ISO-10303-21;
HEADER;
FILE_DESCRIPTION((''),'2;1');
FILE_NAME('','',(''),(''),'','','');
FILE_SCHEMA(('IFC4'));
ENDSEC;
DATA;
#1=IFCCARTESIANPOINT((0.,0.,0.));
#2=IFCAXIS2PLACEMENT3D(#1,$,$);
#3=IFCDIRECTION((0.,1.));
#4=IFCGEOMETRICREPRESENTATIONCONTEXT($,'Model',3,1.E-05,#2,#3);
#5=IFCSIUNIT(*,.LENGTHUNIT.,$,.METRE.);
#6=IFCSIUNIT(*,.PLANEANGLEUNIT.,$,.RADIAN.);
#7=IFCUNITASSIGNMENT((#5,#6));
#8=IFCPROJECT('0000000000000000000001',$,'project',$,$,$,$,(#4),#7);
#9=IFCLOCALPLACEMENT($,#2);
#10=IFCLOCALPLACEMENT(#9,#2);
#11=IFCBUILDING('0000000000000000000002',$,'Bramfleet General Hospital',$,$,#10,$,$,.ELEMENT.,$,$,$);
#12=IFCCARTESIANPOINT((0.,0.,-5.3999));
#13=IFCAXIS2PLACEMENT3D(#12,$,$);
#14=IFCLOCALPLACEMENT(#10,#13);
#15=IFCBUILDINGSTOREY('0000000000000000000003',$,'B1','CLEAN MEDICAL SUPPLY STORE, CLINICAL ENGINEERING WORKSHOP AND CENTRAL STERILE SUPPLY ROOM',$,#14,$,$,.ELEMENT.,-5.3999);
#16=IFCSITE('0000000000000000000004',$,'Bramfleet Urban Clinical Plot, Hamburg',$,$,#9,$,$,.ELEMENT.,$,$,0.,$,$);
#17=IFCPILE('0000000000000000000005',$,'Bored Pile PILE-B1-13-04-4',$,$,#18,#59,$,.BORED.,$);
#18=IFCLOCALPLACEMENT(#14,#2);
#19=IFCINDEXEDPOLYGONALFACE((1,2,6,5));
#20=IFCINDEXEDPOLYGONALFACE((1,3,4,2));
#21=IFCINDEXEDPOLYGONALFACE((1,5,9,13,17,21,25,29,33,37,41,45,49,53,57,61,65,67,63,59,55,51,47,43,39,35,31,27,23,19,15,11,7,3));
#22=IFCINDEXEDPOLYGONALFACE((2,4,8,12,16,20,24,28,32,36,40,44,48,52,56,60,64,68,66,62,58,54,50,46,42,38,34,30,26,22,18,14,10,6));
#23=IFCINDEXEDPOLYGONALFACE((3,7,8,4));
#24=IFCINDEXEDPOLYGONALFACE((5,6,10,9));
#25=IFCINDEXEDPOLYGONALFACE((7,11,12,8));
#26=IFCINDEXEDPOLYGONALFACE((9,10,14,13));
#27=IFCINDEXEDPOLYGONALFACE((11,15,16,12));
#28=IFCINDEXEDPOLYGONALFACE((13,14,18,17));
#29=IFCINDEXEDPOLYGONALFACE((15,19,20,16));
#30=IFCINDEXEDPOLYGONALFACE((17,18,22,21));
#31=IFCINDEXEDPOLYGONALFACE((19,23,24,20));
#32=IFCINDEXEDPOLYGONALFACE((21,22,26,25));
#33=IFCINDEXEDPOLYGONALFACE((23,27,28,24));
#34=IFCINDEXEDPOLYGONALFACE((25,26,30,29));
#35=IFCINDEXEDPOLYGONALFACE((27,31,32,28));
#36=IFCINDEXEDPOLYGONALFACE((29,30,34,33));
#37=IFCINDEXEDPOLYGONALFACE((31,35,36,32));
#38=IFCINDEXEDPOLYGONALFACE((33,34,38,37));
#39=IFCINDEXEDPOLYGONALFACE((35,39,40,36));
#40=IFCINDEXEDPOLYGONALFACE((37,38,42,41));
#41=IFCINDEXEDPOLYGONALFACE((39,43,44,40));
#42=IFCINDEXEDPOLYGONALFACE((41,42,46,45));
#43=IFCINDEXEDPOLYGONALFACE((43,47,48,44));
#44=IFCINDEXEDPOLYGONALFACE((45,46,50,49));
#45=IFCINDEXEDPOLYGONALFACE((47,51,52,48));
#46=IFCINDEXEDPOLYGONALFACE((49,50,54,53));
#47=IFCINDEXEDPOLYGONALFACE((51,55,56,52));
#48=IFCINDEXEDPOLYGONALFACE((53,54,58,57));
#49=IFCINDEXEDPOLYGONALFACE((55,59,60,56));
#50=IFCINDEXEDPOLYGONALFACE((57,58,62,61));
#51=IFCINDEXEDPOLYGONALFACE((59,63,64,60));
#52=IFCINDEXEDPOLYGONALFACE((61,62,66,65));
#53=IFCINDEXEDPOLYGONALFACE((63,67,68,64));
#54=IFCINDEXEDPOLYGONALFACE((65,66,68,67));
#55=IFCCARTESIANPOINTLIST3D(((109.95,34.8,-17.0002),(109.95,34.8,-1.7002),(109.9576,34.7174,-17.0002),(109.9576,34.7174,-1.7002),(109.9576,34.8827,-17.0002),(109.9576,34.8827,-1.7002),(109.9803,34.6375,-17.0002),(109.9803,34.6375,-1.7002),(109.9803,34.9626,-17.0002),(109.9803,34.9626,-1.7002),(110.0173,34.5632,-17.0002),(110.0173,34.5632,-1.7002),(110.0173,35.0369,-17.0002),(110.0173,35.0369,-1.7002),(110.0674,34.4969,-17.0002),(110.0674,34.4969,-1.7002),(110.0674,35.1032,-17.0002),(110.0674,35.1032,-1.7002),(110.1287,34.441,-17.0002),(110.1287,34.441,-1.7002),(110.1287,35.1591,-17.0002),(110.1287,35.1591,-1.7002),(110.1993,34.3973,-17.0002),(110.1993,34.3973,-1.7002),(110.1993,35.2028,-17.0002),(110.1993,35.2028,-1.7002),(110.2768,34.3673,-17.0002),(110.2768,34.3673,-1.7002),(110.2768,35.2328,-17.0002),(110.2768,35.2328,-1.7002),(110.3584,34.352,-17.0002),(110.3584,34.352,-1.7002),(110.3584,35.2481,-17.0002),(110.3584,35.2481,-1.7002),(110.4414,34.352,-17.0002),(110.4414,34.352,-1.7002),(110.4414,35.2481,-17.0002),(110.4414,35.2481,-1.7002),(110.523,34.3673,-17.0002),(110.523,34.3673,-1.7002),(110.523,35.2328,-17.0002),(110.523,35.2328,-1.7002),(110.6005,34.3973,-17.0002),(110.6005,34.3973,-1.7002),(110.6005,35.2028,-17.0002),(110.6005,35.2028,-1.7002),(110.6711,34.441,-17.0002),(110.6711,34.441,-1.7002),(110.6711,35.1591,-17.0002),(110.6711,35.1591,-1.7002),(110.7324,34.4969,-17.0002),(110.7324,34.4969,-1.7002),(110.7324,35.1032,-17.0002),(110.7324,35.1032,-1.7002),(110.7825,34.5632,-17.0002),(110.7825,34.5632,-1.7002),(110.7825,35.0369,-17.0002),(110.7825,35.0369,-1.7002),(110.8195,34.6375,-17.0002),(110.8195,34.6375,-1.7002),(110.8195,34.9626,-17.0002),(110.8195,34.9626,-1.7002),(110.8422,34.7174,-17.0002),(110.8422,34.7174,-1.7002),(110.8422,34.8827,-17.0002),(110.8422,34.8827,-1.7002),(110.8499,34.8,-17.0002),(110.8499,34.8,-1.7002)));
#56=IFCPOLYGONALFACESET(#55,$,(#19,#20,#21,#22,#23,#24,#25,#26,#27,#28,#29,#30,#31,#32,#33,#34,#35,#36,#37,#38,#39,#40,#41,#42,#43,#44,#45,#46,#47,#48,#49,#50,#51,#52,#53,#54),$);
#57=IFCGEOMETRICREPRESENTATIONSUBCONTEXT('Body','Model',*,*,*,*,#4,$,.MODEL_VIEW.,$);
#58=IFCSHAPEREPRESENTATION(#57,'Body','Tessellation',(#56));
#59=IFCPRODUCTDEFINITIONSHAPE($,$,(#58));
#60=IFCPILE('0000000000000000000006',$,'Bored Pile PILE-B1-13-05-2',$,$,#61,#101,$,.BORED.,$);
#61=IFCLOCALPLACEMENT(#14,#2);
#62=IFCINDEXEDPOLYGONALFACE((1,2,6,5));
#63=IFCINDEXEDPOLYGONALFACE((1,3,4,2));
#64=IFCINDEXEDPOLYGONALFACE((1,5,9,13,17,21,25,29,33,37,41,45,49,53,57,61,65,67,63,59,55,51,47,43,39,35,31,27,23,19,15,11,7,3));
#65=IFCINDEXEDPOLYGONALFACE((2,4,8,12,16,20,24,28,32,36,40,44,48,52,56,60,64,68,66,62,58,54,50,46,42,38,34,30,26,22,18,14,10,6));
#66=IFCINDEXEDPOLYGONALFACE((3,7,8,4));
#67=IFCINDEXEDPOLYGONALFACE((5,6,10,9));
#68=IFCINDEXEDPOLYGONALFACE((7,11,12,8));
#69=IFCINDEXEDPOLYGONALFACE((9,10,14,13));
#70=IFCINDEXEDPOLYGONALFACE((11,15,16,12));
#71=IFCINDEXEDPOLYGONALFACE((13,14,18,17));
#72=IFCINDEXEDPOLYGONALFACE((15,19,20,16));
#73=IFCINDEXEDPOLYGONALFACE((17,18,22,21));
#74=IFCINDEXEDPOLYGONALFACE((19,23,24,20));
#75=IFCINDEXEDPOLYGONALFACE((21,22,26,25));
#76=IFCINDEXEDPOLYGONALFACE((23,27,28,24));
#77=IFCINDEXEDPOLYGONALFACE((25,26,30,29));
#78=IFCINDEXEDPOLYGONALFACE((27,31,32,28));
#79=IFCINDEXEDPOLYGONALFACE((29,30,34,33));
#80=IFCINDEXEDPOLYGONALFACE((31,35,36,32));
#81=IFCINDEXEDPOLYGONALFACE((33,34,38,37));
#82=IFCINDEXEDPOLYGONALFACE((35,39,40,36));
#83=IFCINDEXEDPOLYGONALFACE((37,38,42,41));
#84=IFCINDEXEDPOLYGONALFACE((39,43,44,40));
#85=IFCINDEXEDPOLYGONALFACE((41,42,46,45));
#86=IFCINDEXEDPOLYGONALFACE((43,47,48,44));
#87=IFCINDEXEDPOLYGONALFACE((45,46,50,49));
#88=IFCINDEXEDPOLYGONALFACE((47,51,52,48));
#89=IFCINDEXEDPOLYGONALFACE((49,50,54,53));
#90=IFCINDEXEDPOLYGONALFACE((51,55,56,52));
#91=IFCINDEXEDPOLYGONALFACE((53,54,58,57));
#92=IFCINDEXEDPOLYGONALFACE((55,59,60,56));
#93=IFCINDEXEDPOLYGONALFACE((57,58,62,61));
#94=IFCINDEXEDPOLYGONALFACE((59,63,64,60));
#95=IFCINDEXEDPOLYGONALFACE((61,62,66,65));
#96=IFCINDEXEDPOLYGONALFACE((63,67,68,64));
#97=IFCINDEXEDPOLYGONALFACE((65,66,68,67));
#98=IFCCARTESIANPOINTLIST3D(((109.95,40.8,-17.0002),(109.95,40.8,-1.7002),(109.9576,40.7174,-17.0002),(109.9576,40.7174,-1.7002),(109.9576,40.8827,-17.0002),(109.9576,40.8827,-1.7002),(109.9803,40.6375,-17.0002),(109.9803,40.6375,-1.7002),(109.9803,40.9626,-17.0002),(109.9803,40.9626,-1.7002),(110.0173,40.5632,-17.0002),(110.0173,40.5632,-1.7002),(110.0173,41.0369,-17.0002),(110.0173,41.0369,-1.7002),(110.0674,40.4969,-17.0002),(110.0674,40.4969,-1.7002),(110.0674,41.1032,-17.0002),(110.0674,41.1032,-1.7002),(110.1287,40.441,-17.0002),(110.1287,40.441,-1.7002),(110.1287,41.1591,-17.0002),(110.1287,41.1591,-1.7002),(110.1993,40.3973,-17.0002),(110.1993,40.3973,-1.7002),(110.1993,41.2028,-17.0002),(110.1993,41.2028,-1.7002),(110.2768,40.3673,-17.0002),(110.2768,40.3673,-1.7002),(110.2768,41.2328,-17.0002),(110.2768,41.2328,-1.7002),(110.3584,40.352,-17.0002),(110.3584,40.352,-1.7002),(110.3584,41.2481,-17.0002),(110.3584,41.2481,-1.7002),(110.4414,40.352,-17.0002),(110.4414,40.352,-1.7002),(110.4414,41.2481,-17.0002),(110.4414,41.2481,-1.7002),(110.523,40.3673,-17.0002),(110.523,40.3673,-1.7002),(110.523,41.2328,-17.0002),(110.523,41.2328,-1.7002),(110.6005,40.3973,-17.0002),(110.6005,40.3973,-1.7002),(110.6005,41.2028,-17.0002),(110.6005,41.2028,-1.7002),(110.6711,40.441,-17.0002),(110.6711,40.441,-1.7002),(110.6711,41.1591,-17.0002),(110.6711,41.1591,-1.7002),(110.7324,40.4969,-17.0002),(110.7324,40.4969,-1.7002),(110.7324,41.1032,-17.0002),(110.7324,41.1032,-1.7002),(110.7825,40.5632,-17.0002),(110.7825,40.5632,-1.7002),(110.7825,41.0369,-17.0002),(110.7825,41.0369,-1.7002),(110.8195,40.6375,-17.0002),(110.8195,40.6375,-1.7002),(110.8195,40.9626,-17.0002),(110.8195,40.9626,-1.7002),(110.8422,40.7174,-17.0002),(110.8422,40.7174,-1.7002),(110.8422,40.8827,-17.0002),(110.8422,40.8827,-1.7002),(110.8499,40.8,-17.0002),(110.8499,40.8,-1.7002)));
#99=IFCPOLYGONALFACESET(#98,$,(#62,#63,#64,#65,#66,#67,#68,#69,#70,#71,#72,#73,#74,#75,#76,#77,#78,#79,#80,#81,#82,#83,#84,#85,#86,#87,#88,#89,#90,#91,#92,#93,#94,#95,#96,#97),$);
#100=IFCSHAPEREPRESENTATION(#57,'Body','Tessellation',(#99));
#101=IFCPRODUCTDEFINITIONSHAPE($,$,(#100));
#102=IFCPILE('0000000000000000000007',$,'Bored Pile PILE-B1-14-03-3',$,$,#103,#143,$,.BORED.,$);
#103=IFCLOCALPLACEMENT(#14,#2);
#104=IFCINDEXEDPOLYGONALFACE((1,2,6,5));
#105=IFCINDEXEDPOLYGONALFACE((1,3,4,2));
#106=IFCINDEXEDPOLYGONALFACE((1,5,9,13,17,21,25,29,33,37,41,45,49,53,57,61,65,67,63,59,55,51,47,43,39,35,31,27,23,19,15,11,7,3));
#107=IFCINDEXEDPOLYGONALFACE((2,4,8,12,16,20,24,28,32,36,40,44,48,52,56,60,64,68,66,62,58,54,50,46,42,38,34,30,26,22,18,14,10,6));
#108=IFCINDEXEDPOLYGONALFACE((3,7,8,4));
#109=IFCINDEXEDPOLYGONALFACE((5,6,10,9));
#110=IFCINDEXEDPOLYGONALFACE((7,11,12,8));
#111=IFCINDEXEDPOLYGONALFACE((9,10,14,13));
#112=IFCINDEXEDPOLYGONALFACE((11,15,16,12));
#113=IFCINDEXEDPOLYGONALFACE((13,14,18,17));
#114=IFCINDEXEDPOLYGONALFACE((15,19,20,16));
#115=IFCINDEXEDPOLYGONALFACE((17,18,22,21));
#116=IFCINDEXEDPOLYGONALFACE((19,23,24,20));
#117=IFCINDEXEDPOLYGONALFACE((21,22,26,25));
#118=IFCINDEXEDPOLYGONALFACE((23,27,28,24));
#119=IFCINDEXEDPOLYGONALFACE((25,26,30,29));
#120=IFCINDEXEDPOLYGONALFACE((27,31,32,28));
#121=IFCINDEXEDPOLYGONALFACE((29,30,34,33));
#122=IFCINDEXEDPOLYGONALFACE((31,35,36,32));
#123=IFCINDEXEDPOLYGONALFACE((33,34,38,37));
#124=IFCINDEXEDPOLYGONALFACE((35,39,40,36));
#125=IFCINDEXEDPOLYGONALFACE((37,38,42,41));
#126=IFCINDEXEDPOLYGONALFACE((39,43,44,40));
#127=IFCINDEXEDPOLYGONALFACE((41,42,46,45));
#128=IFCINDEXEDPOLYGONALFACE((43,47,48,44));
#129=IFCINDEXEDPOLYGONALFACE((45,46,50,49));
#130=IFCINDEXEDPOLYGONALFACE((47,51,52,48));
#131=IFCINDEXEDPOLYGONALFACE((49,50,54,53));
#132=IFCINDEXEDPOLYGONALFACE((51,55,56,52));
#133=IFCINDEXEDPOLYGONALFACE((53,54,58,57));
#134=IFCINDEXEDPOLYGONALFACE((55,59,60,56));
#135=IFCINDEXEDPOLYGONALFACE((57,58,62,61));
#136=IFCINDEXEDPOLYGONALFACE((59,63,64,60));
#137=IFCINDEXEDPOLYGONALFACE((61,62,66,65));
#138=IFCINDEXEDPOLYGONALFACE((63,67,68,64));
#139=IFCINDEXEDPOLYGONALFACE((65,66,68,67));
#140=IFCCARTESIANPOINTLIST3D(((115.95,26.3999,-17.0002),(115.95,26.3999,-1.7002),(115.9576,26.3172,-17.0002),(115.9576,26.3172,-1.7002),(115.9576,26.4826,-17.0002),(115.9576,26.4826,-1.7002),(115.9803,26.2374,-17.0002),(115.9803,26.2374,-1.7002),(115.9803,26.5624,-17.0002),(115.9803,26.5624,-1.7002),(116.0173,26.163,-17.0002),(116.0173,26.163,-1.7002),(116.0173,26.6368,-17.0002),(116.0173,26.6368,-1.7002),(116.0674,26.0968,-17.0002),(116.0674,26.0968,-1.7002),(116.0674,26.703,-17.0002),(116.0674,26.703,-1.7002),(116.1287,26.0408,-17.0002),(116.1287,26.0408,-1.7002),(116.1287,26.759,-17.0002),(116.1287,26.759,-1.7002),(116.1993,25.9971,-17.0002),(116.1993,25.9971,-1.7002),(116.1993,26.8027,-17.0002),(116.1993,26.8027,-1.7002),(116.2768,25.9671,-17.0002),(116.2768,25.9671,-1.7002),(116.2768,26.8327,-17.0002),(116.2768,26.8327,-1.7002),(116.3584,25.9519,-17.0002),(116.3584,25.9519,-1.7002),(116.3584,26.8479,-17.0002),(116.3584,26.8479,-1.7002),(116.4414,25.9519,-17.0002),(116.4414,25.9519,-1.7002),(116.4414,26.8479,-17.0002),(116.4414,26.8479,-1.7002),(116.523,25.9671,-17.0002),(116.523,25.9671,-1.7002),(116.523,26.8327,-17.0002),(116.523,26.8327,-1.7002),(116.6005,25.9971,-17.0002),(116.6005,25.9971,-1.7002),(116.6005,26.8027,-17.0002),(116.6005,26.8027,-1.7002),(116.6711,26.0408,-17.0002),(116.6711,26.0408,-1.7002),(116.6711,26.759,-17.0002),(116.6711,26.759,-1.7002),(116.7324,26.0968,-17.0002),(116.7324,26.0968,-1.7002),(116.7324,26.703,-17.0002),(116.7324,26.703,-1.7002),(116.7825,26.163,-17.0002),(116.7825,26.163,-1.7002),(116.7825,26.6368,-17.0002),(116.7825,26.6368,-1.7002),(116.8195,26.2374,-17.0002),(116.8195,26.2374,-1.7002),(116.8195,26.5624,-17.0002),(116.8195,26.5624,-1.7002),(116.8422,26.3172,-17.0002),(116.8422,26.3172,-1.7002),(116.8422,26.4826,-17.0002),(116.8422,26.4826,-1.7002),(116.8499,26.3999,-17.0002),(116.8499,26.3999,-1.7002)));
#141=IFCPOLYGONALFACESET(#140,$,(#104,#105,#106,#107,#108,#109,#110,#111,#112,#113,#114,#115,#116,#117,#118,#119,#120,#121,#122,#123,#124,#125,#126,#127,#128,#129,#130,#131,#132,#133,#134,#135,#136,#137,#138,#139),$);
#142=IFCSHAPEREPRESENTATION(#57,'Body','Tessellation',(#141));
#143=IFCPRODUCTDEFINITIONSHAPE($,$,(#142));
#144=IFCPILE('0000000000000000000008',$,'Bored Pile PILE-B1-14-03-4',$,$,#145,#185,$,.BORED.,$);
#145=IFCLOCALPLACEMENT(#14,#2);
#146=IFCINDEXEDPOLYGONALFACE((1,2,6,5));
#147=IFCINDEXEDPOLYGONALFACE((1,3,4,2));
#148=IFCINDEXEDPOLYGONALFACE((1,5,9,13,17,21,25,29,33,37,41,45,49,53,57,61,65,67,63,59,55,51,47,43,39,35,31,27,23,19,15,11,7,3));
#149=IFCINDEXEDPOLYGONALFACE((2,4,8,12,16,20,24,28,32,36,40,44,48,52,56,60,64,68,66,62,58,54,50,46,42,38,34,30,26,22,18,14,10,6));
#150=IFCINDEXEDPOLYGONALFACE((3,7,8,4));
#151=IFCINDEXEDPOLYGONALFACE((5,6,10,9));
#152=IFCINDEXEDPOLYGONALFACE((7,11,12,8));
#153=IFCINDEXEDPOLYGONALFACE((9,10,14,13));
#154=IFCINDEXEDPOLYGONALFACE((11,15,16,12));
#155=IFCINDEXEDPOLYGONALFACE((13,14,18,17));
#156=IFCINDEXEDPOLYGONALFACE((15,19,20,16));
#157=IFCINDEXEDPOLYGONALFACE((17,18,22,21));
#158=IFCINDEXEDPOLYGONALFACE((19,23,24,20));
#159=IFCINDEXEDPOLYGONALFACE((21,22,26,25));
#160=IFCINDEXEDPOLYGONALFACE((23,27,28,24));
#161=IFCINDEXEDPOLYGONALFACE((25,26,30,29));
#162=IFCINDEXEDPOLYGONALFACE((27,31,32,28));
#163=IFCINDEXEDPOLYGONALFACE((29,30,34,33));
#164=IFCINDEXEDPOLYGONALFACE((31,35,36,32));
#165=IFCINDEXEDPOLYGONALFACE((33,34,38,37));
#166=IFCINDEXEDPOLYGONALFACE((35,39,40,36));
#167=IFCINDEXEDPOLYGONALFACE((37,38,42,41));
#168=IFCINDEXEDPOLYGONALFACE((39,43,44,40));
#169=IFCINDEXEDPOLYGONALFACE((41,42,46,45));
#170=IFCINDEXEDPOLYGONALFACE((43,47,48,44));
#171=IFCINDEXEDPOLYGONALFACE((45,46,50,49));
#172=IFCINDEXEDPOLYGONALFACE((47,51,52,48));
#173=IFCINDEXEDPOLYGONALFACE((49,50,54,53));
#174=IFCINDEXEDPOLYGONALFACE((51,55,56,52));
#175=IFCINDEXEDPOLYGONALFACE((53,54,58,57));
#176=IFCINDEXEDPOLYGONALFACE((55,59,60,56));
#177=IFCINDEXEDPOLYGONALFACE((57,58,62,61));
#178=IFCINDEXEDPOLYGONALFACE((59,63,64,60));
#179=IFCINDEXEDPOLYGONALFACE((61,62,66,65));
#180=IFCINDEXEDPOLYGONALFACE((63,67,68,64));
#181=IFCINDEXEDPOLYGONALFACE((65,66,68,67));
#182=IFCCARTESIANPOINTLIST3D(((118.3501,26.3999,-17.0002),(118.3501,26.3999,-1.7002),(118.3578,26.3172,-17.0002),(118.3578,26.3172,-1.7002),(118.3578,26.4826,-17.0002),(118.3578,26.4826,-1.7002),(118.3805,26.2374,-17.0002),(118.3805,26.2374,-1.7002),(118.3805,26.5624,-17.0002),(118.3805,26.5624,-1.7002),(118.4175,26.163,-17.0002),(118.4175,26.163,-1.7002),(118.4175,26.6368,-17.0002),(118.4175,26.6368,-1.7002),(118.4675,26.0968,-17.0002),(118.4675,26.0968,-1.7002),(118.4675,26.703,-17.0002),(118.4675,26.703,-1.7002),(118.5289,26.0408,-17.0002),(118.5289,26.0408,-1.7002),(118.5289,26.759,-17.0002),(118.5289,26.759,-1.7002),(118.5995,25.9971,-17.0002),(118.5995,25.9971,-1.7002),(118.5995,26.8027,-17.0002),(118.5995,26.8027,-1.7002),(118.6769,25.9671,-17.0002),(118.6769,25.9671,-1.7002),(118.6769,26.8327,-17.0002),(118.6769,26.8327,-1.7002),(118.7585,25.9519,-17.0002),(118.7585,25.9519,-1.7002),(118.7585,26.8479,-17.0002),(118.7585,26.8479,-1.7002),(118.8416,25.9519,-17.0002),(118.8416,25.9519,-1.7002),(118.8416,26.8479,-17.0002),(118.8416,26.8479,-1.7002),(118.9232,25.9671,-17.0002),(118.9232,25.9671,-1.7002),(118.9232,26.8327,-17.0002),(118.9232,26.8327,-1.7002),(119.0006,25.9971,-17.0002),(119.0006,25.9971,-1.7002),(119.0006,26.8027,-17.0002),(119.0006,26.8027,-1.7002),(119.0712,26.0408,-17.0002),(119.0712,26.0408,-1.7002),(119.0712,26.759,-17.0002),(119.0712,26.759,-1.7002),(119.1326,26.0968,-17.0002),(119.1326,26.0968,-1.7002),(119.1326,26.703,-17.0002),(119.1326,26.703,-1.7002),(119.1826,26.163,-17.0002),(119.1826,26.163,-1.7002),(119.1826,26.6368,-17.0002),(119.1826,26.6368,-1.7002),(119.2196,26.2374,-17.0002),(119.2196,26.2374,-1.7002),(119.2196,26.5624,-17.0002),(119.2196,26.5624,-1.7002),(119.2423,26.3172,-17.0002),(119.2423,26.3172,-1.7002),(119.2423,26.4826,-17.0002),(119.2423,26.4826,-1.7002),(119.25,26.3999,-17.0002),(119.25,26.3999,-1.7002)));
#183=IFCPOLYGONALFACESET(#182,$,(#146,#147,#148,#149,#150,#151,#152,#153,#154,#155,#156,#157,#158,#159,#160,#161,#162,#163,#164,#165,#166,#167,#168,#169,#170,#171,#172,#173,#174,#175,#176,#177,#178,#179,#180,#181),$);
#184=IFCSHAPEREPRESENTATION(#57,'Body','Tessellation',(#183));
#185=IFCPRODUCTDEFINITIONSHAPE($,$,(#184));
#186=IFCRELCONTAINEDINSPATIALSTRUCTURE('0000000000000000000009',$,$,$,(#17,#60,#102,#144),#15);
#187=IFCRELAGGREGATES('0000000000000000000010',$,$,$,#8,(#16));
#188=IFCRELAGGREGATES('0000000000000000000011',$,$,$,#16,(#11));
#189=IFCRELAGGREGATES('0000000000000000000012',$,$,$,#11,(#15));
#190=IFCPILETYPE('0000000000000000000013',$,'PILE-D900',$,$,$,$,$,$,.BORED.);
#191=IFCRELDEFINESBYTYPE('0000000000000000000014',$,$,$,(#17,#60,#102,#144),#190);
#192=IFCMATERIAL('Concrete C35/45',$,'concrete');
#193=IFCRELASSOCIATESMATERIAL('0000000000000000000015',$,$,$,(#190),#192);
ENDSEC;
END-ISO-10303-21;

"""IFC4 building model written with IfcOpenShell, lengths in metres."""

from ifc_helpers import new_model, si_unit, direction, frame, origin, origin_2d, place, context, subcontext, project, spatial, circle, extrude, material, material_profile, profile_set, type_object, element, save


model = new_model("IFC4")

# Units and contexts
model_context = context("Model", 3, precision=1e-05, world=origin(), true_north=direction((0.0, 1.0)))
body_context = subcontext(model_context, "Body", "Model", "MODEL_VIEW")
ifc_project = project(units=[si_unit("LENGTHUNIT", "METRE"), si_unit("PLANEANGLEUNIT", "RADIAN")], contexts=[model_context])

# Site, building, storey
site_placement = place(None, origin())
site = spatial("IfcSite", under=ifc_project, at=site_placement, Name="Bramfleet Urban Clinical Plot, Hamburg", CompositionType="ELEMENT", RefElevation=0.0)
building_placement = place(site_placement, origin())
building = spatial("IfcBuilding", under=site, at=building_placement, Name="Bramfleet General Hospital", CompositionType="ELEMENT")
storey_placement = place(building_placement, frame((0.0, 0.0, -5.3999)))
storey = spatial("IfcBuildingStorey", under=building, at=storey_placement, Name="B1", Description="CLEAN MEDICAL SUPPLY STORE, CLINICAL ENGINEERING WORKSHOP AND CENTRAL STERILE SUPPLY ROOM", CompositionType="ELEMENT", Elevation=-5.3999)

# Shared definitions
ifc_material_1 = material(Name="Concrete C35/45", Category="concrete")

# Piles
ifc_material_profile_1 = material_profile(ifc_material_1, circle(Radius=0.45, at=origin_2d()), Name="PILE BORED D900")
ifc_profile_set_1 = profile_set([ifc_material_profile_1], Name="Concrete C35/45")
pile_type = type_object("IfcPileType", Name="PILE-D900", PredefinedType="BORED", material=ifc_profile_set_1)
for number, where, z_axis, x_axis, name in (
    (1, (110.3999, 34.8, -1.7002), (0.0, 0.0, -1.0), (1.0, 0.0, 0.0), "Bored Pile PILE-B1-13-04-4"),
    (2, (110.3999, 40.8, -1.7002), (0.0, 0.0, -1.0), (1.0, 0.0, 0.0), "Bored Pile PILE-B1-13-05-2"),
    (3, (116.3999, 26.3999, -1.7002), (0.0, 0.0, -1.0), (1.0, 0.0, 0.0), "Bored Pile PILE-B1-14-03-3"),
    (4, (118.8, 26.3999, -1.7002), (0.0, 0.0, -1.0), (1.0, 0.0, 0.0), "Bored Pile PILE-B1-14-03-4"),
):
    element("IfcPile", number, at=place(storey_placement, frame(where, z_axis=z_axis, x_axis=x_axis)), inside=storey, type_object=pile_type, Name=name, PredefinedType="BORED", context=body_context, shape_type="SweptSolid", body=[
        extrude(circle(Radius=0.45, at=origin_2d()), origin(), (0.0, 0.0, 1.0), 15.3),
    ])

save(model, "model.ifc")
